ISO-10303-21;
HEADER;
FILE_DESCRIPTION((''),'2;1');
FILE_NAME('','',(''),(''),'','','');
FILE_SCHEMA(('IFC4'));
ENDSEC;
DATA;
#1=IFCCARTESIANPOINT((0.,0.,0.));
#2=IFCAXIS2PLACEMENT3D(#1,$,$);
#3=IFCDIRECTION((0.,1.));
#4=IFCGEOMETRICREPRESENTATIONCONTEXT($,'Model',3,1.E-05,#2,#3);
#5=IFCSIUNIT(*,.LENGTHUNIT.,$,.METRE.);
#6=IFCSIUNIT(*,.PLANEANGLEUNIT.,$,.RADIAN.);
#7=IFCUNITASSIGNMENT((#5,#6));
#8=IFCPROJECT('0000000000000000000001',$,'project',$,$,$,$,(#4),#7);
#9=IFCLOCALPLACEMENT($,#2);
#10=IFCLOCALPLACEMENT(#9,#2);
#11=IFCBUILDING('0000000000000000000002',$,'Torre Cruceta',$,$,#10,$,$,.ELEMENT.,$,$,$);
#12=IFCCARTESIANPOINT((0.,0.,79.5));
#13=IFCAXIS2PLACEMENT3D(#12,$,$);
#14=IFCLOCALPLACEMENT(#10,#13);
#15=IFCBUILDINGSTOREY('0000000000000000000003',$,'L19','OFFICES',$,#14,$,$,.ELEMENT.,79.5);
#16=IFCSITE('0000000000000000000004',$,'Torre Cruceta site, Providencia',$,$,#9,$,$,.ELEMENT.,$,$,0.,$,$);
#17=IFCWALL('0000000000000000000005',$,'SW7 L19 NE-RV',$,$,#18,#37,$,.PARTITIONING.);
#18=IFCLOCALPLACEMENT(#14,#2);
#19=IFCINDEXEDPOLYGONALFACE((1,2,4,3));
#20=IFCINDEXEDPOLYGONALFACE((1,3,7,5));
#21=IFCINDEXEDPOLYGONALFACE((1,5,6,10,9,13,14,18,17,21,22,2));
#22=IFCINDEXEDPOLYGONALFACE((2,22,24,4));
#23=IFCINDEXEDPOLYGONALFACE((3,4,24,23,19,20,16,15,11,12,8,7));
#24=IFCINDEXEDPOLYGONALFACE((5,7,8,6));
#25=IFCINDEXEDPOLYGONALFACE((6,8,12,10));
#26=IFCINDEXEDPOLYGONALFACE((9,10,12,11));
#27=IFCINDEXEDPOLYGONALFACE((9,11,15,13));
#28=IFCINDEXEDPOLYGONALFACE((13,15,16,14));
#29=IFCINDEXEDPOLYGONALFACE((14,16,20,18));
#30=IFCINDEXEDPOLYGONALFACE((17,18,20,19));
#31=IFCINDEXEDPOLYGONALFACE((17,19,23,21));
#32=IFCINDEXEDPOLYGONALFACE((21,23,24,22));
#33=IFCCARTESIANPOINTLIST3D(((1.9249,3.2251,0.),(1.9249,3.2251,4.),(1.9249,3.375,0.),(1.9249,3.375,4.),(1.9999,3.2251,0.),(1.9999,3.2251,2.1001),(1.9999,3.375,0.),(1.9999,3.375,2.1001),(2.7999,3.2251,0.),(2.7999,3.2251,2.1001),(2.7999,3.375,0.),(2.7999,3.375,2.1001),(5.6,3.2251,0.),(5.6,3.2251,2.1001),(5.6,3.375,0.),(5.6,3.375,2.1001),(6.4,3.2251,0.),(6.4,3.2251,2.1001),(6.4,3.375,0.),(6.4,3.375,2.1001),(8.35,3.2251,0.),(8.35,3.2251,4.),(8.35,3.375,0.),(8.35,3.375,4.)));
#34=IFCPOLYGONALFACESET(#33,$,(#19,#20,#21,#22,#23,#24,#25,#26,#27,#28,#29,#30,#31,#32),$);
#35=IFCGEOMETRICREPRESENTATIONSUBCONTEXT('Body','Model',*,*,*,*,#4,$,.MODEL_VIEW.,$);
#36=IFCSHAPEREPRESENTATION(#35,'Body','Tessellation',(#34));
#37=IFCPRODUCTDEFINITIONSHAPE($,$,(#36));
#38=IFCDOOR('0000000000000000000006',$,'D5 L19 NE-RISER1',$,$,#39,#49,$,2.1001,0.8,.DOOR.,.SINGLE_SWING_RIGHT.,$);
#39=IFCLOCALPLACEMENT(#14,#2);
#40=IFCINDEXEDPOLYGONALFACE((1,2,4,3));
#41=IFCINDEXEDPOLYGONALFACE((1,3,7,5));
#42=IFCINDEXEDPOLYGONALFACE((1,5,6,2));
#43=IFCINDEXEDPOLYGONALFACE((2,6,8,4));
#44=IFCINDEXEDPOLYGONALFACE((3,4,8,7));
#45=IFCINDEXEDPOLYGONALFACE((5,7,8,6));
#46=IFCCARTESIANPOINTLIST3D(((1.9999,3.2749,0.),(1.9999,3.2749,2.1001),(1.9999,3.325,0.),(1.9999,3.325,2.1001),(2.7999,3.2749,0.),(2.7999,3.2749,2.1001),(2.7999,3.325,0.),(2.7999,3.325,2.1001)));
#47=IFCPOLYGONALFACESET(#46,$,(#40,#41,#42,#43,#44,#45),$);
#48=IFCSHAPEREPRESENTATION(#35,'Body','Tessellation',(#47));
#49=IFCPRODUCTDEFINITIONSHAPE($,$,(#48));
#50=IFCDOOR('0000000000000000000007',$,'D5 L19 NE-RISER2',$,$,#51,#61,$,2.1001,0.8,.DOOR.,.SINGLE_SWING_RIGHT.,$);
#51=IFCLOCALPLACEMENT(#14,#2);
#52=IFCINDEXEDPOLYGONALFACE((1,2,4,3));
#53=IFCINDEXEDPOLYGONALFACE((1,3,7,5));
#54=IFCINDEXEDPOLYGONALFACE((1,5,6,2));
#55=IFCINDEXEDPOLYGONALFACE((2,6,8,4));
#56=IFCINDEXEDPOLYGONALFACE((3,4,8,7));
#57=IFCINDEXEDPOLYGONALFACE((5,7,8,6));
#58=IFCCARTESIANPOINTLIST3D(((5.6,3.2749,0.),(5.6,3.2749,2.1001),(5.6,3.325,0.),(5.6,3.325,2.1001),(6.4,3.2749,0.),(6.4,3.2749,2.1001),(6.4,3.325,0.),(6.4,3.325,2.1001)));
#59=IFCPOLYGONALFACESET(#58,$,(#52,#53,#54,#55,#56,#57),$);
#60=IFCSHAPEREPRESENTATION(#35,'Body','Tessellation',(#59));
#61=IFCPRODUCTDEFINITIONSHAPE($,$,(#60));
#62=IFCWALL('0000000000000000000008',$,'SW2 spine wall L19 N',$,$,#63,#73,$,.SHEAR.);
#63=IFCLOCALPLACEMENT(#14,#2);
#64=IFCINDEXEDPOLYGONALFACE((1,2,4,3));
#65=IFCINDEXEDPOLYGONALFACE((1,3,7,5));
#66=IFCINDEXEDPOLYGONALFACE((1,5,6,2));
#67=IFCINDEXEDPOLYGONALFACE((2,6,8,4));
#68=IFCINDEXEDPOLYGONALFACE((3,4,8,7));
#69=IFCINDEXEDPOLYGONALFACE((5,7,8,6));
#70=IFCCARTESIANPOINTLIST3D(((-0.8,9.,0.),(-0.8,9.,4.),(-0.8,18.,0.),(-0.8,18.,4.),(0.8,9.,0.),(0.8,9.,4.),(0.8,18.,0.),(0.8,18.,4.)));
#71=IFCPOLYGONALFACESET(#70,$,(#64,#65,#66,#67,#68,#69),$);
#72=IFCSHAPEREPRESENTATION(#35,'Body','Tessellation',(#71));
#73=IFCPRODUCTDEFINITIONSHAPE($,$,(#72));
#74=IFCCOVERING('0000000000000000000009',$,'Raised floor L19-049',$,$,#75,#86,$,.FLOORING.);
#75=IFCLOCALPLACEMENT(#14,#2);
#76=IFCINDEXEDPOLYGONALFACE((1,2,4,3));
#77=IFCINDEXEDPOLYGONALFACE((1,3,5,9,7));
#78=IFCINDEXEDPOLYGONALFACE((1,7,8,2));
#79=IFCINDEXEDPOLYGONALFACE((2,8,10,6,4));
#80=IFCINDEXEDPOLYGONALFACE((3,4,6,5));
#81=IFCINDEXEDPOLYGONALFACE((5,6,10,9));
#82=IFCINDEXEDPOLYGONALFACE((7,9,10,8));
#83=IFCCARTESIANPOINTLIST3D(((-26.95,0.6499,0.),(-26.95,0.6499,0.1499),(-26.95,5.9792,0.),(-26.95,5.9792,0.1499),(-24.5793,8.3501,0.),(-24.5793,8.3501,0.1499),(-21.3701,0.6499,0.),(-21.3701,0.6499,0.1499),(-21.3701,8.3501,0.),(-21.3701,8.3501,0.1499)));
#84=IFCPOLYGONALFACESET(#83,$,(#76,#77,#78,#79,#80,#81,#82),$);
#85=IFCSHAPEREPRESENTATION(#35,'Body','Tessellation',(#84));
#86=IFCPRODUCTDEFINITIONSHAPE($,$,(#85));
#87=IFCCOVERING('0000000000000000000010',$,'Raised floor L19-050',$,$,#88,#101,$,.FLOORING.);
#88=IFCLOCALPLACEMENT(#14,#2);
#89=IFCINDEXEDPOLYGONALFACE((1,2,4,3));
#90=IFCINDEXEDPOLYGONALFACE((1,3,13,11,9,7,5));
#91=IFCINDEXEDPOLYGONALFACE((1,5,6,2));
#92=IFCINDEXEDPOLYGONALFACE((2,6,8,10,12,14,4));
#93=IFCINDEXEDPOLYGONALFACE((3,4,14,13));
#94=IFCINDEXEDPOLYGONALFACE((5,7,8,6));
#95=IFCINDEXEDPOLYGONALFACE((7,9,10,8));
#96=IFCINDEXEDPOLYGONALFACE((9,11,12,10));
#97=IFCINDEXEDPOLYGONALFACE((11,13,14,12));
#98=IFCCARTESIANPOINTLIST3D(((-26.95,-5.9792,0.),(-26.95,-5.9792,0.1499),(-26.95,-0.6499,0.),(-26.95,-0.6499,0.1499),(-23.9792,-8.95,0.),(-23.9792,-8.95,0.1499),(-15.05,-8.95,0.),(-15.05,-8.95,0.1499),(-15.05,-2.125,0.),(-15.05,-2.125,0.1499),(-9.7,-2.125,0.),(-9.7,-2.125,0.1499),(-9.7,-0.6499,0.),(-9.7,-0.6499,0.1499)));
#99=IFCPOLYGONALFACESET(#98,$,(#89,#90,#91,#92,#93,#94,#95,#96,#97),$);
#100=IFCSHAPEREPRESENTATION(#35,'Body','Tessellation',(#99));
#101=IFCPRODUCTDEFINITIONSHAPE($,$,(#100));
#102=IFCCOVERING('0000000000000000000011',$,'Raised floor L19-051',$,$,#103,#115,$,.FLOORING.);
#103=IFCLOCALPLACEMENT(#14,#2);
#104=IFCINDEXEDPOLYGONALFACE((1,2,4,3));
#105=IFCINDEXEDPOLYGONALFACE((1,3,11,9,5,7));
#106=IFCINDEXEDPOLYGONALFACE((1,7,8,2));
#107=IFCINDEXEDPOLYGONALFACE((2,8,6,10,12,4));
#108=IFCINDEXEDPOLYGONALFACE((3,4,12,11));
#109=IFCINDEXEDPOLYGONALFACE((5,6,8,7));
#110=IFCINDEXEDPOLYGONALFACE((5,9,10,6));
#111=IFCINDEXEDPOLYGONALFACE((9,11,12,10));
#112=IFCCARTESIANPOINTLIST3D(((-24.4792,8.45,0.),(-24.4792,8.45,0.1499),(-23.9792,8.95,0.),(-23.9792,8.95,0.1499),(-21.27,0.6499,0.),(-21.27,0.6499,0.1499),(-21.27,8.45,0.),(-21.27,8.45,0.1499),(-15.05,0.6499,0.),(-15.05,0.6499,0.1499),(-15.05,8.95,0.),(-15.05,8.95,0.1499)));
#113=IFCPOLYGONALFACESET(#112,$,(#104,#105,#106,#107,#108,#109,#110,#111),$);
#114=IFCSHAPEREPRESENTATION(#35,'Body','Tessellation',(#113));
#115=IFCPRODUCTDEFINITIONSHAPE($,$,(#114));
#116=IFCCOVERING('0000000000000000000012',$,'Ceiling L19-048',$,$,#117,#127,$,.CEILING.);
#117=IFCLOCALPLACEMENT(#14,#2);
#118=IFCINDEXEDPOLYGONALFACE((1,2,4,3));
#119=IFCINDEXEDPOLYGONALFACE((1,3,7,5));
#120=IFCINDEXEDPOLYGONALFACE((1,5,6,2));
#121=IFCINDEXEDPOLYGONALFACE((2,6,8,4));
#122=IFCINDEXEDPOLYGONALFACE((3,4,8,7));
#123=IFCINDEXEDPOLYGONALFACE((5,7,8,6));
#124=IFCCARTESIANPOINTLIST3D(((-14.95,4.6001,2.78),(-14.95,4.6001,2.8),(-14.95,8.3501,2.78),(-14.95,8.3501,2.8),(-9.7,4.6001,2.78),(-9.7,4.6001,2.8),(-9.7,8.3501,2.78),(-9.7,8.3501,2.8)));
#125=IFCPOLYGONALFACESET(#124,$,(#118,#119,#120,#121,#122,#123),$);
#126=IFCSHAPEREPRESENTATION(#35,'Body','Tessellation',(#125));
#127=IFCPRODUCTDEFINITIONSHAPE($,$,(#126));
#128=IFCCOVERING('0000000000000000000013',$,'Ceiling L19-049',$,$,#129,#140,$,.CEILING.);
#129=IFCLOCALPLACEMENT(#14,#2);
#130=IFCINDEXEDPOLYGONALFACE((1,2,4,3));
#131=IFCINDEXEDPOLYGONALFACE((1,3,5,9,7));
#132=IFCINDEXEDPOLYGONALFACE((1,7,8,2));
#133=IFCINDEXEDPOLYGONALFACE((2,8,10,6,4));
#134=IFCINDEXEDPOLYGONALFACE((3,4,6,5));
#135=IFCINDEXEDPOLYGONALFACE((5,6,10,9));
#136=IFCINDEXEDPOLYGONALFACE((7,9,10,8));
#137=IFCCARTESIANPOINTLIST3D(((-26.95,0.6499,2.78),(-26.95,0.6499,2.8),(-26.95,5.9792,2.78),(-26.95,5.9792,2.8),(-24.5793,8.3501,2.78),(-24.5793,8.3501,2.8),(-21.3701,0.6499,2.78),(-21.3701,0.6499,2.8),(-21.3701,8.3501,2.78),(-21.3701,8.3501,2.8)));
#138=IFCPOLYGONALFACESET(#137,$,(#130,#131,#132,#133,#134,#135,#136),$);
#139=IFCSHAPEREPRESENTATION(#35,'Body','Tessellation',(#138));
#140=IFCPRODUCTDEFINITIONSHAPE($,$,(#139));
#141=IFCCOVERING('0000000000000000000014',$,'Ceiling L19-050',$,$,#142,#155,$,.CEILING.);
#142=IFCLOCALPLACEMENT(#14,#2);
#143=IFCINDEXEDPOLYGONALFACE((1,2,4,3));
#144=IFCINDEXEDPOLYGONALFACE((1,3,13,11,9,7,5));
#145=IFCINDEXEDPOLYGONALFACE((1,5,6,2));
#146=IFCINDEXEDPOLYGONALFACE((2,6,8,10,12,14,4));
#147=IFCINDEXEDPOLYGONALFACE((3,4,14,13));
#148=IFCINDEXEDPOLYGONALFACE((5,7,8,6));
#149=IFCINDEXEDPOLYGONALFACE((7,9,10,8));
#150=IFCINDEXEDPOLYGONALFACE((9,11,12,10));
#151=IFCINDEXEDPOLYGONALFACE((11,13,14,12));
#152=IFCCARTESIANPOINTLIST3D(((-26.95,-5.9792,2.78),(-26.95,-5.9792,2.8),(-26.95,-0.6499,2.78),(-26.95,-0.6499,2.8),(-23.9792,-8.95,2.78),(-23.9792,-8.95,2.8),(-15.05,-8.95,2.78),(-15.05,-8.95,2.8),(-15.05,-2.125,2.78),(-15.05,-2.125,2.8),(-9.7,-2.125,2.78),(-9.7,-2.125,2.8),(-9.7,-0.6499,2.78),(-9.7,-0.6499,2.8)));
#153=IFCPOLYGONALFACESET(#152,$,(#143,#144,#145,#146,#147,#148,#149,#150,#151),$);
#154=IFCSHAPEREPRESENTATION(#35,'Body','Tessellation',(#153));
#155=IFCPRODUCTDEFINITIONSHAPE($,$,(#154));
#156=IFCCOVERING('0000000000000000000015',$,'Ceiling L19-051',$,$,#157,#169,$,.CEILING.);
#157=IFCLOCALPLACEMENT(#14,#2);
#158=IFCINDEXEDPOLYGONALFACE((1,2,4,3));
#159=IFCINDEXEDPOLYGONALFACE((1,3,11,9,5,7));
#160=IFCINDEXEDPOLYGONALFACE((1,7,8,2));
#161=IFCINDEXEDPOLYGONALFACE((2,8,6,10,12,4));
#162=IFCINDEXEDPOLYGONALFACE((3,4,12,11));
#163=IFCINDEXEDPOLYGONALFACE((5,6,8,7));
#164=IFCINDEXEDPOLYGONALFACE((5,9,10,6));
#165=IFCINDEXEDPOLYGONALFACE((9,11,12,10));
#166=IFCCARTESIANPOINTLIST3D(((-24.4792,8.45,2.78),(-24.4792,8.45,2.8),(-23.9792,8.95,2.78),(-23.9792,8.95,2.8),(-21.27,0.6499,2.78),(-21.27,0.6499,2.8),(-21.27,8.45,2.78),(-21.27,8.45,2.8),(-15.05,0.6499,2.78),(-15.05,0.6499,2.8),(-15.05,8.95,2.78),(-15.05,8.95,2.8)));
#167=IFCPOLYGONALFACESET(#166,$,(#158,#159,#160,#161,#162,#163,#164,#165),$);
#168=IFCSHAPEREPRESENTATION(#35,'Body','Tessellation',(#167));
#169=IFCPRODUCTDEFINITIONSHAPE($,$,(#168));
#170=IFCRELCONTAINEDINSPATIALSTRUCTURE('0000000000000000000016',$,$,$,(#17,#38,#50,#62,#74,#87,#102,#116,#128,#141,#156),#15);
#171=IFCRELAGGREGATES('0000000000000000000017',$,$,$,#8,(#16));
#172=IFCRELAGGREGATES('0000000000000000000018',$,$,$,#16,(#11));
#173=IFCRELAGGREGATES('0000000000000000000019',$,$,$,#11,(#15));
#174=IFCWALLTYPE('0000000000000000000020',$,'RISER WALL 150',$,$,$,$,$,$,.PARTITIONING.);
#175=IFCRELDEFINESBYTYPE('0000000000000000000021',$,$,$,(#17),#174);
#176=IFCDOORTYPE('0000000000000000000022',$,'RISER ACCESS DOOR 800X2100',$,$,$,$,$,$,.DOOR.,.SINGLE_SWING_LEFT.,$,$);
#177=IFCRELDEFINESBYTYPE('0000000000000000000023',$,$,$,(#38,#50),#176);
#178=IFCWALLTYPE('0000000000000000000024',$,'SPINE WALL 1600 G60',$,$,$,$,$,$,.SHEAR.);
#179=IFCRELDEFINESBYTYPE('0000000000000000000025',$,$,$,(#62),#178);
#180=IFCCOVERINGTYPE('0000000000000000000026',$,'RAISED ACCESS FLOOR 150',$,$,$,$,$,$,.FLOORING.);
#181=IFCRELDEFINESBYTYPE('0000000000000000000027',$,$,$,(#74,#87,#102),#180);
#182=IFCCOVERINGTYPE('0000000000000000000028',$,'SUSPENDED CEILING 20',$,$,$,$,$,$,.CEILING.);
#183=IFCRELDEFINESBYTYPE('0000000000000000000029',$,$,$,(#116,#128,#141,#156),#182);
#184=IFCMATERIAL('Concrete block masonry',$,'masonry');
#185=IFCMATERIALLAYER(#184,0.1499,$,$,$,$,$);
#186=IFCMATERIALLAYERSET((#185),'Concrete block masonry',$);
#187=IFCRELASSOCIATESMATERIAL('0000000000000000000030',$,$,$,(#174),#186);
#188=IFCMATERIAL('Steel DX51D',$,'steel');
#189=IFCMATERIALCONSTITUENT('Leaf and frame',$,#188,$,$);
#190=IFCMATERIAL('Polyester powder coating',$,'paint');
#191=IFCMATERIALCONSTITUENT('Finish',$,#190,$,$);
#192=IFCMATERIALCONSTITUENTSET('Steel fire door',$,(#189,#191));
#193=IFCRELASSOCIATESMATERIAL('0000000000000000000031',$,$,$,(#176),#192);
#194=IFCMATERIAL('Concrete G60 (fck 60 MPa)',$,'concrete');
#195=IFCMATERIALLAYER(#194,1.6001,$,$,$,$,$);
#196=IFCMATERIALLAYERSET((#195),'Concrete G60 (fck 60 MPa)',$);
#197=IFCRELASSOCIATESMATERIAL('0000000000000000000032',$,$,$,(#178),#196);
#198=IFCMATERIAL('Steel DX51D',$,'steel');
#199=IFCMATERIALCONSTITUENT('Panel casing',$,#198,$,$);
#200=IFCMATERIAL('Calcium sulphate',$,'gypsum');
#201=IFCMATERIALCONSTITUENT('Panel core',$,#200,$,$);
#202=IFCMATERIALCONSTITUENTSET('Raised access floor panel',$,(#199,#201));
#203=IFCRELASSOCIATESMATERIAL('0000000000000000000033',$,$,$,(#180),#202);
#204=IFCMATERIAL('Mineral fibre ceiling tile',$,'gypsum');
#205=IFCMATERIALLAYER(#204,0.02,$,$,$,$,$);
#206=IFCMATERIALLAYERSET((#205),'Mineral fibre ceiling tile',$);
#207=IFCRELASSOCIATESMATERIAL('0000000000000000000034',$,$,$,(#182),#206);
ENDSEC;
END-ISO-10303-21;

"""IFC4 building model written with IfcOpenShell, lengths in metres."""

from ifc_helpers import new_model, si_unit, direction, frame, frame_2d, origin, place, context, subcontext, project, spatial, polyline, rectangle, outline, extrude, material, layer, layer_set, constituent, constituent_set, type_object, element, fill, save


model = new_model("IFC4")

# Units and contexts
model_context = context("Model", 3, precision=1e-05, world=origin(), true_north=direction((0.0, 1.0)))
body_context = subcontext(model_context, "Body", "Model", "MODEL_VIEW")
ifc_project = project(units=[si_unit("LENGTHUNIT", "METRE"), si_unit("PLANEANGLEUNIT", "RADIAN")], contexts=[model_context])

# Site, building, storey
site_placement = place(None, origin())
site = spatial("IfcSite", under=ifc_project, at=site_placement, Name="Torre Cruceta site, Providencia", CompositionType="ELEMENT", RefElevation=0.0)
building_placement = place(site_placement, origin())
building = spatial("IfcBuilding", under=site, at=building_placement, Name="Torre Cruceta", CompositionType="ELEMENT")
storey_placement = place(building_placement, frame((0.0, 0.0, 79.5)))
storey = spatial("IfcBuildingStorey", under=building, at=storey_placement, Name="L19", Description="OFFICES", CompositionType="ELEMENT", Elevation=79.5)

# Wall, openings, doors
ifc_material_1 = material(Name="Concrete block masonry", Category="masonry")
ifc_layer_1 = layer(ifc_material_1, 0.1499)
ifc_layer_set_1 = layer_set([ifc_layer_1], Name="Concrete block masonry")
wall_type_1 = type_object("IfcWallType", Name="RISER WALL 150", PredefinedType="PARTITIONING", material=ifc_layer_set_1)
wall_1_placement = place(storey_placement, frame((1.925, 3.3, 0.0), z_axis=(0.0, 0.0, 1.0), x_axis=(1.0, 0.0, 0.0)))
wall_1 = element("IfcWall", 1, at=wall_1_placement, inside=storey, type_object=wall_type_1, Name="SW7 L19 NE-RV", PredefinedType="PARTITIONING", context=body_context, shape_type="SweptSolid", body=[
    extrude(rectangle(XDim=6.425, YDim=0.1499, at=frame_2d((3.2124, 0.0))), origin(), (0.0, 0.0, 1.0), 4.0),
])
opening_1_placement = place(wall_1_placement, frame((0.075, 0.0, 0.0)))
opening_1 = element("IfcOpeningElement", 2, at=opening_1_placement, cuts=wall_1, PredefinedType="OPENING", context=body_context, shape_type="SweptSolid", body=[
    extrude(rectangle(XDim=0.8, YDim=2.1001, at=frame_2d((0.3999, 1.05))), frame((0.0, 0.085, 0.0), z_axis=(0.0, -1.0, 0.0), x_axis=(1.0, 0.0, 0.0)), (0.0, 0.0, 1.0), 0.1699),
])
opening_2_placement = place(wall_1_placement, frame((3.675, 0.0, 0.0)))
opening_2 = element("IfcOpeningElement", 3, at=opening_2_placement, cuts=wall_1, PredefinedType="OPENING", context=body_context, shape_type="SweptSolid", body=[
    extrude(rectangle(XDim=0.8, YDim=2.1001, at=frame_2d((0.3999, 1.05))), frame((0.0, 0.085, 0.0), z_axis=(0.0, -1.0, 0.0), x_axis=(1.0, 0.0, 0.0)), (0.0, 0.0, 1.0), 0.1699),
])
ifc_material_2 = material(Name="Steel DX51D", Category="steel")
ifc_constituent_1 = constituent(ifc_material_2, Name="Leaf and frame")
ifc_material_3 = material(Name="Polyester powder coating", Category="paint")
ifc_constituent_2 = constituent(ifc_material_3, Name="Finish")
ifc_constituent_set_1 = constituent_set(constituents=[ifc_constituent_1, ifc_constituent_2], Name="Steel fire door")
door_type_1 = type_object("IfcDoorType", Name="RISER ACCESS DOOR 800X2100", OperationType="SINGLE_SWING_LEFT", PredefinedType="DOOR", material=ifc_constituent_set_1)
door_1_placement = place(opening_1_placement, frame((0.8, 0.0, 0.0), z_axis=(0.0, 0.0, 1.0), x_axis=(-1.0, 0.0, 0.0)))
door_1 = element("IfcDoor", 4, at=door_1_placement, inside=storey, type_object=door_type_1, Name="D5 L19 NE-RISER1", OperationType="SINGLE_SWING_RIGHT", OverallHeight=2.1001, OverallWidth=0.8, PredefinedType="DOOR", context=body_context, shape_type="SweptSolid", body=[
    extrude(rectangle(XDim=0.8, YDim=2.1001, at=frame_2d((0.4001, 1.05))), frame((0.0, 0.0251, 0.0), z_axis=(0.0, -1.0, 0.0), x_axis=(1.0, 0.0, 0.0)), (0.0, 0.0, 1.0), 0.05),
])
fill(opening_1, door_1)
door_2_placement = place(opening_2_placement, frame((0.8, 0.0, 0.0), z_axis=(0.0, 0.0, 1.0), x_axis=(-1.0, 0.0, 0.0)))
door_2 = element("IfcDoor", 5, at=door_2_placement, inside=storey, type_object=door_type_1, Name="D5 L19 NE-RISER2", OperationType="SINGLE_SWING_RIGHT", OverallHeight=2.1001, OverallWidth=0.8, PredefinedType="DOOR", context=body_context, shape_type="SweptSolid", body=[
    extrude(rectangle(XDim=0.8, YDim=2.1001, at=frame_2d((0.4001, 1.05))), frame((0.0, 0.0251, 0.0), z_axis=(0.0, -1.0, 0.0), x_axis=(1.0, 0.0, 0.0)), (0.0, 0.0, 1.0), 0.05),
])
fill(opening_2, door_2)

# Wall
ifc_material_4 = material(Name="Concrete G60 (fck 60 MPa)", Category="concrete")
ifc_layer_2 = layer(ifc_material_4, 1.6001)
ifc_layer_set_2 = layer_set([ifc_layer_2], Name="Concrete G60 (fck 60 MPa)")
wall_type_2 = type_object("IfcWallType", Name="SPINE WALL 1600 G60", PredefinedType="SHEAR", material=ifc_layer_set_2)
wall_2_placement = place(storey_placement, frame((0.0, 9.0, 0.0), z_axis=(0.0, 0.0, 1.0), x_axis=(0.0, 1.0, 0.0)))
element("IfcWall", 6, at=wall_2_placement, inside=storey, type_object=wall_type_2, Name="SW2 spine wall L19 N", PredefinedType="SHEAR", context=body_context, shape_type="SweptSolid", body=[
    extrude(rectangle(XDim=9.0, YDim=1.6001, at=frame_2d((4.5, 0.0))), origin(), (0.0, 0.0, 1.0), 4.0),
])

# Coverings
ifc_material_5 = material(Name="Steel DX51D", Category="steel")
ifc_constituent_3 = constituent(ifc_material_5, Name="Panel casing")
ifc_material_6 = material(Name="Calcium sulphate", Category="gypsum")
ifc_constituent_4 = constituent(ifc_material_6, Name="Panel core")
ifc_constituent_set_2 = constituent_set(constituents=[ifc_constituent_3, ifc_constituent_4], Name="Raised access floor panel")
covering_type_1 = type_object("IfcCoveringType", Name="RAISED ACCESS FLOOR 150", PredefinedType="FLOORING", material=ifc_constituent_set_2)
covering_1_placement = place(storey_placement, origin())
element("IfcCovering", 7, at=covering_1_placement, inside=storey, type_object=covering_type_1, Name="Raised floor L19-049", PredefinedType="FLOORING", context=body_context, shape_type="SweptSolid", body=[
    extrude(outline(polyline([(-24.5793, 8.3501), (-21.3701, 8.3501), (-21.3701, 0.6499), (-26.95, 0.6499), (-26.95, 5.9792), (-24.5793, 8.3501)])), origin(), (0.0, 0.0, 1.0), 0.1499),
])
covering_2_placement = place(storey_placement, origin())
element("IfcCovering", 8, at=covering_2_placement, inside=storey, type_object=covering_type_1, Name="Raised floor L19-050", PredefinedType="FLOORING", context=body_context, shape_type="SweptSolid", body=[
    extrude(outline(polyline([(-9.7, -2.125), (-15.05, -2.125), (-15.05, -8.95), (-23.9792, -8.95), (-26.95, -5.9792), (-26.95, -0.6499), (-9.7, -0.6499), (-9.7, -2.125)])), origin(), (0.0, 0.0, 1.0), 0.1499),
])
covering_3_placement = place(storey_placement, origin())
element("IfcCovering", 9, at=covering_3_placement, inside=storey, type_object=covering_type_1, Name="Raised floor L19-051", PredefinedType="FLOORING", context=body_context, shape_type="SweptSolid", body=[
    extrude(outline(polyline([(-21.27, 8.45), (-24.4792, 8.45), (-23.9792, 8.95), (-15.05, 8.95), (-15.05, 0.6499), (-21.27, 0.6499), (-21.27, 8.45)])), origin(), (0.0, 0.0, 1.0), 0.1499),
])
ifc_material_7 = material(Name="Mineral fibre ceiling tile", Category="gypsum")
ifc_layer_3 = layer(ifc_material_7, 0.02)
ifc_layer_set_3 = layer_set([ifc_layer_3], Name="Mineral fibre ceiling tile")
covering_type_2 = type_object("IfcCoveringType", Name="SUSPENDED CEILING 20", PredefinedType="CEILING", material=ifc_layer_set_3)
covering_4_placement = place(storey_placement, frame((0.0, 0.0, 2.78)))
element("IfcCovering", 10, at=covering_4_placement, inside=storey, type_object=covering_type_2, Name="Ceiling L19-048", PredefinedType="CEILING", context=body_context, shape_type="SweptSolid", body=[
    extrude(outline(polyline([(-9.7, 8.3501), (-9.7, 4.6001), (-14.95, 4.6001), (-14.95, 8.3501), (-9.7, 8.3501)])), origin(), (0.0, 0.0, 1.0), 0.02),
])
covering_5_placement = place(storey_placement, frame((0.0, 0.0, 2.78)))
element("IfcCovering", 11, at=covering_5_placement, inside=storey, type_object=covering_type_2, Name="Ceiling L19-049", PredefinedType="CEILING", context=body_context, shape_type="SweptSolid", body=[
    extrude(outline(polyline([(-24.5793, 8.3501), (-21.3701, 8.3501), (-21.3701, 0.6499), (-26.95, 0.6499), (-26.95, 5.9792), (-24.5793, 8.3501)])), origin(), (0.0, 0.0, 1.0), 0.02),
])
covering_6_placement = place(storey_placement, frame((0.0, 0.0, 2.78)))
element("IfcCovering", 12, at=covering_6_placement, inside=storey, type_object=covering_type_2, Name="Ceiling L19-050", PredefinedType="CEILING", context=body_context, shape_type="SweptSolid", body=[
    extrude(outline(polyline([(-9.7, -2.125), (-15.05, -2.125), (-15.05, -8.95), (-23.9792, -8.95), (-26.95, -5.9792), (-26.95, -0.6499), (-9.7, -0.6499), (-9.7, -2.125)])), origin(), (0.0, 0.0, 1.0), 0.02),
])
covering_7_placement = place(storey_placement, frame((0.0, 0.0, 2.78)))
element("IfcCovering", 13, at=covering_7_placement, inside=storey, type_object=covering_type_2, Name="Ceiling L19-051", PredefinedType="CEILING", context=body_context, shape_type="SweptSolid", body=[
    extrude(outline(polyline([(-21.27, 8.45), (-24.4792, 8.45), (-23.9792, 8.95), (-15.05, 8.95), (-15.05, 0.6499), (-21.27, 0.6499), (-21.27, 8.45)])), origin(), (0.0, 0.0, 1.0), 0.02),
])

save(model, "model.ifc")
